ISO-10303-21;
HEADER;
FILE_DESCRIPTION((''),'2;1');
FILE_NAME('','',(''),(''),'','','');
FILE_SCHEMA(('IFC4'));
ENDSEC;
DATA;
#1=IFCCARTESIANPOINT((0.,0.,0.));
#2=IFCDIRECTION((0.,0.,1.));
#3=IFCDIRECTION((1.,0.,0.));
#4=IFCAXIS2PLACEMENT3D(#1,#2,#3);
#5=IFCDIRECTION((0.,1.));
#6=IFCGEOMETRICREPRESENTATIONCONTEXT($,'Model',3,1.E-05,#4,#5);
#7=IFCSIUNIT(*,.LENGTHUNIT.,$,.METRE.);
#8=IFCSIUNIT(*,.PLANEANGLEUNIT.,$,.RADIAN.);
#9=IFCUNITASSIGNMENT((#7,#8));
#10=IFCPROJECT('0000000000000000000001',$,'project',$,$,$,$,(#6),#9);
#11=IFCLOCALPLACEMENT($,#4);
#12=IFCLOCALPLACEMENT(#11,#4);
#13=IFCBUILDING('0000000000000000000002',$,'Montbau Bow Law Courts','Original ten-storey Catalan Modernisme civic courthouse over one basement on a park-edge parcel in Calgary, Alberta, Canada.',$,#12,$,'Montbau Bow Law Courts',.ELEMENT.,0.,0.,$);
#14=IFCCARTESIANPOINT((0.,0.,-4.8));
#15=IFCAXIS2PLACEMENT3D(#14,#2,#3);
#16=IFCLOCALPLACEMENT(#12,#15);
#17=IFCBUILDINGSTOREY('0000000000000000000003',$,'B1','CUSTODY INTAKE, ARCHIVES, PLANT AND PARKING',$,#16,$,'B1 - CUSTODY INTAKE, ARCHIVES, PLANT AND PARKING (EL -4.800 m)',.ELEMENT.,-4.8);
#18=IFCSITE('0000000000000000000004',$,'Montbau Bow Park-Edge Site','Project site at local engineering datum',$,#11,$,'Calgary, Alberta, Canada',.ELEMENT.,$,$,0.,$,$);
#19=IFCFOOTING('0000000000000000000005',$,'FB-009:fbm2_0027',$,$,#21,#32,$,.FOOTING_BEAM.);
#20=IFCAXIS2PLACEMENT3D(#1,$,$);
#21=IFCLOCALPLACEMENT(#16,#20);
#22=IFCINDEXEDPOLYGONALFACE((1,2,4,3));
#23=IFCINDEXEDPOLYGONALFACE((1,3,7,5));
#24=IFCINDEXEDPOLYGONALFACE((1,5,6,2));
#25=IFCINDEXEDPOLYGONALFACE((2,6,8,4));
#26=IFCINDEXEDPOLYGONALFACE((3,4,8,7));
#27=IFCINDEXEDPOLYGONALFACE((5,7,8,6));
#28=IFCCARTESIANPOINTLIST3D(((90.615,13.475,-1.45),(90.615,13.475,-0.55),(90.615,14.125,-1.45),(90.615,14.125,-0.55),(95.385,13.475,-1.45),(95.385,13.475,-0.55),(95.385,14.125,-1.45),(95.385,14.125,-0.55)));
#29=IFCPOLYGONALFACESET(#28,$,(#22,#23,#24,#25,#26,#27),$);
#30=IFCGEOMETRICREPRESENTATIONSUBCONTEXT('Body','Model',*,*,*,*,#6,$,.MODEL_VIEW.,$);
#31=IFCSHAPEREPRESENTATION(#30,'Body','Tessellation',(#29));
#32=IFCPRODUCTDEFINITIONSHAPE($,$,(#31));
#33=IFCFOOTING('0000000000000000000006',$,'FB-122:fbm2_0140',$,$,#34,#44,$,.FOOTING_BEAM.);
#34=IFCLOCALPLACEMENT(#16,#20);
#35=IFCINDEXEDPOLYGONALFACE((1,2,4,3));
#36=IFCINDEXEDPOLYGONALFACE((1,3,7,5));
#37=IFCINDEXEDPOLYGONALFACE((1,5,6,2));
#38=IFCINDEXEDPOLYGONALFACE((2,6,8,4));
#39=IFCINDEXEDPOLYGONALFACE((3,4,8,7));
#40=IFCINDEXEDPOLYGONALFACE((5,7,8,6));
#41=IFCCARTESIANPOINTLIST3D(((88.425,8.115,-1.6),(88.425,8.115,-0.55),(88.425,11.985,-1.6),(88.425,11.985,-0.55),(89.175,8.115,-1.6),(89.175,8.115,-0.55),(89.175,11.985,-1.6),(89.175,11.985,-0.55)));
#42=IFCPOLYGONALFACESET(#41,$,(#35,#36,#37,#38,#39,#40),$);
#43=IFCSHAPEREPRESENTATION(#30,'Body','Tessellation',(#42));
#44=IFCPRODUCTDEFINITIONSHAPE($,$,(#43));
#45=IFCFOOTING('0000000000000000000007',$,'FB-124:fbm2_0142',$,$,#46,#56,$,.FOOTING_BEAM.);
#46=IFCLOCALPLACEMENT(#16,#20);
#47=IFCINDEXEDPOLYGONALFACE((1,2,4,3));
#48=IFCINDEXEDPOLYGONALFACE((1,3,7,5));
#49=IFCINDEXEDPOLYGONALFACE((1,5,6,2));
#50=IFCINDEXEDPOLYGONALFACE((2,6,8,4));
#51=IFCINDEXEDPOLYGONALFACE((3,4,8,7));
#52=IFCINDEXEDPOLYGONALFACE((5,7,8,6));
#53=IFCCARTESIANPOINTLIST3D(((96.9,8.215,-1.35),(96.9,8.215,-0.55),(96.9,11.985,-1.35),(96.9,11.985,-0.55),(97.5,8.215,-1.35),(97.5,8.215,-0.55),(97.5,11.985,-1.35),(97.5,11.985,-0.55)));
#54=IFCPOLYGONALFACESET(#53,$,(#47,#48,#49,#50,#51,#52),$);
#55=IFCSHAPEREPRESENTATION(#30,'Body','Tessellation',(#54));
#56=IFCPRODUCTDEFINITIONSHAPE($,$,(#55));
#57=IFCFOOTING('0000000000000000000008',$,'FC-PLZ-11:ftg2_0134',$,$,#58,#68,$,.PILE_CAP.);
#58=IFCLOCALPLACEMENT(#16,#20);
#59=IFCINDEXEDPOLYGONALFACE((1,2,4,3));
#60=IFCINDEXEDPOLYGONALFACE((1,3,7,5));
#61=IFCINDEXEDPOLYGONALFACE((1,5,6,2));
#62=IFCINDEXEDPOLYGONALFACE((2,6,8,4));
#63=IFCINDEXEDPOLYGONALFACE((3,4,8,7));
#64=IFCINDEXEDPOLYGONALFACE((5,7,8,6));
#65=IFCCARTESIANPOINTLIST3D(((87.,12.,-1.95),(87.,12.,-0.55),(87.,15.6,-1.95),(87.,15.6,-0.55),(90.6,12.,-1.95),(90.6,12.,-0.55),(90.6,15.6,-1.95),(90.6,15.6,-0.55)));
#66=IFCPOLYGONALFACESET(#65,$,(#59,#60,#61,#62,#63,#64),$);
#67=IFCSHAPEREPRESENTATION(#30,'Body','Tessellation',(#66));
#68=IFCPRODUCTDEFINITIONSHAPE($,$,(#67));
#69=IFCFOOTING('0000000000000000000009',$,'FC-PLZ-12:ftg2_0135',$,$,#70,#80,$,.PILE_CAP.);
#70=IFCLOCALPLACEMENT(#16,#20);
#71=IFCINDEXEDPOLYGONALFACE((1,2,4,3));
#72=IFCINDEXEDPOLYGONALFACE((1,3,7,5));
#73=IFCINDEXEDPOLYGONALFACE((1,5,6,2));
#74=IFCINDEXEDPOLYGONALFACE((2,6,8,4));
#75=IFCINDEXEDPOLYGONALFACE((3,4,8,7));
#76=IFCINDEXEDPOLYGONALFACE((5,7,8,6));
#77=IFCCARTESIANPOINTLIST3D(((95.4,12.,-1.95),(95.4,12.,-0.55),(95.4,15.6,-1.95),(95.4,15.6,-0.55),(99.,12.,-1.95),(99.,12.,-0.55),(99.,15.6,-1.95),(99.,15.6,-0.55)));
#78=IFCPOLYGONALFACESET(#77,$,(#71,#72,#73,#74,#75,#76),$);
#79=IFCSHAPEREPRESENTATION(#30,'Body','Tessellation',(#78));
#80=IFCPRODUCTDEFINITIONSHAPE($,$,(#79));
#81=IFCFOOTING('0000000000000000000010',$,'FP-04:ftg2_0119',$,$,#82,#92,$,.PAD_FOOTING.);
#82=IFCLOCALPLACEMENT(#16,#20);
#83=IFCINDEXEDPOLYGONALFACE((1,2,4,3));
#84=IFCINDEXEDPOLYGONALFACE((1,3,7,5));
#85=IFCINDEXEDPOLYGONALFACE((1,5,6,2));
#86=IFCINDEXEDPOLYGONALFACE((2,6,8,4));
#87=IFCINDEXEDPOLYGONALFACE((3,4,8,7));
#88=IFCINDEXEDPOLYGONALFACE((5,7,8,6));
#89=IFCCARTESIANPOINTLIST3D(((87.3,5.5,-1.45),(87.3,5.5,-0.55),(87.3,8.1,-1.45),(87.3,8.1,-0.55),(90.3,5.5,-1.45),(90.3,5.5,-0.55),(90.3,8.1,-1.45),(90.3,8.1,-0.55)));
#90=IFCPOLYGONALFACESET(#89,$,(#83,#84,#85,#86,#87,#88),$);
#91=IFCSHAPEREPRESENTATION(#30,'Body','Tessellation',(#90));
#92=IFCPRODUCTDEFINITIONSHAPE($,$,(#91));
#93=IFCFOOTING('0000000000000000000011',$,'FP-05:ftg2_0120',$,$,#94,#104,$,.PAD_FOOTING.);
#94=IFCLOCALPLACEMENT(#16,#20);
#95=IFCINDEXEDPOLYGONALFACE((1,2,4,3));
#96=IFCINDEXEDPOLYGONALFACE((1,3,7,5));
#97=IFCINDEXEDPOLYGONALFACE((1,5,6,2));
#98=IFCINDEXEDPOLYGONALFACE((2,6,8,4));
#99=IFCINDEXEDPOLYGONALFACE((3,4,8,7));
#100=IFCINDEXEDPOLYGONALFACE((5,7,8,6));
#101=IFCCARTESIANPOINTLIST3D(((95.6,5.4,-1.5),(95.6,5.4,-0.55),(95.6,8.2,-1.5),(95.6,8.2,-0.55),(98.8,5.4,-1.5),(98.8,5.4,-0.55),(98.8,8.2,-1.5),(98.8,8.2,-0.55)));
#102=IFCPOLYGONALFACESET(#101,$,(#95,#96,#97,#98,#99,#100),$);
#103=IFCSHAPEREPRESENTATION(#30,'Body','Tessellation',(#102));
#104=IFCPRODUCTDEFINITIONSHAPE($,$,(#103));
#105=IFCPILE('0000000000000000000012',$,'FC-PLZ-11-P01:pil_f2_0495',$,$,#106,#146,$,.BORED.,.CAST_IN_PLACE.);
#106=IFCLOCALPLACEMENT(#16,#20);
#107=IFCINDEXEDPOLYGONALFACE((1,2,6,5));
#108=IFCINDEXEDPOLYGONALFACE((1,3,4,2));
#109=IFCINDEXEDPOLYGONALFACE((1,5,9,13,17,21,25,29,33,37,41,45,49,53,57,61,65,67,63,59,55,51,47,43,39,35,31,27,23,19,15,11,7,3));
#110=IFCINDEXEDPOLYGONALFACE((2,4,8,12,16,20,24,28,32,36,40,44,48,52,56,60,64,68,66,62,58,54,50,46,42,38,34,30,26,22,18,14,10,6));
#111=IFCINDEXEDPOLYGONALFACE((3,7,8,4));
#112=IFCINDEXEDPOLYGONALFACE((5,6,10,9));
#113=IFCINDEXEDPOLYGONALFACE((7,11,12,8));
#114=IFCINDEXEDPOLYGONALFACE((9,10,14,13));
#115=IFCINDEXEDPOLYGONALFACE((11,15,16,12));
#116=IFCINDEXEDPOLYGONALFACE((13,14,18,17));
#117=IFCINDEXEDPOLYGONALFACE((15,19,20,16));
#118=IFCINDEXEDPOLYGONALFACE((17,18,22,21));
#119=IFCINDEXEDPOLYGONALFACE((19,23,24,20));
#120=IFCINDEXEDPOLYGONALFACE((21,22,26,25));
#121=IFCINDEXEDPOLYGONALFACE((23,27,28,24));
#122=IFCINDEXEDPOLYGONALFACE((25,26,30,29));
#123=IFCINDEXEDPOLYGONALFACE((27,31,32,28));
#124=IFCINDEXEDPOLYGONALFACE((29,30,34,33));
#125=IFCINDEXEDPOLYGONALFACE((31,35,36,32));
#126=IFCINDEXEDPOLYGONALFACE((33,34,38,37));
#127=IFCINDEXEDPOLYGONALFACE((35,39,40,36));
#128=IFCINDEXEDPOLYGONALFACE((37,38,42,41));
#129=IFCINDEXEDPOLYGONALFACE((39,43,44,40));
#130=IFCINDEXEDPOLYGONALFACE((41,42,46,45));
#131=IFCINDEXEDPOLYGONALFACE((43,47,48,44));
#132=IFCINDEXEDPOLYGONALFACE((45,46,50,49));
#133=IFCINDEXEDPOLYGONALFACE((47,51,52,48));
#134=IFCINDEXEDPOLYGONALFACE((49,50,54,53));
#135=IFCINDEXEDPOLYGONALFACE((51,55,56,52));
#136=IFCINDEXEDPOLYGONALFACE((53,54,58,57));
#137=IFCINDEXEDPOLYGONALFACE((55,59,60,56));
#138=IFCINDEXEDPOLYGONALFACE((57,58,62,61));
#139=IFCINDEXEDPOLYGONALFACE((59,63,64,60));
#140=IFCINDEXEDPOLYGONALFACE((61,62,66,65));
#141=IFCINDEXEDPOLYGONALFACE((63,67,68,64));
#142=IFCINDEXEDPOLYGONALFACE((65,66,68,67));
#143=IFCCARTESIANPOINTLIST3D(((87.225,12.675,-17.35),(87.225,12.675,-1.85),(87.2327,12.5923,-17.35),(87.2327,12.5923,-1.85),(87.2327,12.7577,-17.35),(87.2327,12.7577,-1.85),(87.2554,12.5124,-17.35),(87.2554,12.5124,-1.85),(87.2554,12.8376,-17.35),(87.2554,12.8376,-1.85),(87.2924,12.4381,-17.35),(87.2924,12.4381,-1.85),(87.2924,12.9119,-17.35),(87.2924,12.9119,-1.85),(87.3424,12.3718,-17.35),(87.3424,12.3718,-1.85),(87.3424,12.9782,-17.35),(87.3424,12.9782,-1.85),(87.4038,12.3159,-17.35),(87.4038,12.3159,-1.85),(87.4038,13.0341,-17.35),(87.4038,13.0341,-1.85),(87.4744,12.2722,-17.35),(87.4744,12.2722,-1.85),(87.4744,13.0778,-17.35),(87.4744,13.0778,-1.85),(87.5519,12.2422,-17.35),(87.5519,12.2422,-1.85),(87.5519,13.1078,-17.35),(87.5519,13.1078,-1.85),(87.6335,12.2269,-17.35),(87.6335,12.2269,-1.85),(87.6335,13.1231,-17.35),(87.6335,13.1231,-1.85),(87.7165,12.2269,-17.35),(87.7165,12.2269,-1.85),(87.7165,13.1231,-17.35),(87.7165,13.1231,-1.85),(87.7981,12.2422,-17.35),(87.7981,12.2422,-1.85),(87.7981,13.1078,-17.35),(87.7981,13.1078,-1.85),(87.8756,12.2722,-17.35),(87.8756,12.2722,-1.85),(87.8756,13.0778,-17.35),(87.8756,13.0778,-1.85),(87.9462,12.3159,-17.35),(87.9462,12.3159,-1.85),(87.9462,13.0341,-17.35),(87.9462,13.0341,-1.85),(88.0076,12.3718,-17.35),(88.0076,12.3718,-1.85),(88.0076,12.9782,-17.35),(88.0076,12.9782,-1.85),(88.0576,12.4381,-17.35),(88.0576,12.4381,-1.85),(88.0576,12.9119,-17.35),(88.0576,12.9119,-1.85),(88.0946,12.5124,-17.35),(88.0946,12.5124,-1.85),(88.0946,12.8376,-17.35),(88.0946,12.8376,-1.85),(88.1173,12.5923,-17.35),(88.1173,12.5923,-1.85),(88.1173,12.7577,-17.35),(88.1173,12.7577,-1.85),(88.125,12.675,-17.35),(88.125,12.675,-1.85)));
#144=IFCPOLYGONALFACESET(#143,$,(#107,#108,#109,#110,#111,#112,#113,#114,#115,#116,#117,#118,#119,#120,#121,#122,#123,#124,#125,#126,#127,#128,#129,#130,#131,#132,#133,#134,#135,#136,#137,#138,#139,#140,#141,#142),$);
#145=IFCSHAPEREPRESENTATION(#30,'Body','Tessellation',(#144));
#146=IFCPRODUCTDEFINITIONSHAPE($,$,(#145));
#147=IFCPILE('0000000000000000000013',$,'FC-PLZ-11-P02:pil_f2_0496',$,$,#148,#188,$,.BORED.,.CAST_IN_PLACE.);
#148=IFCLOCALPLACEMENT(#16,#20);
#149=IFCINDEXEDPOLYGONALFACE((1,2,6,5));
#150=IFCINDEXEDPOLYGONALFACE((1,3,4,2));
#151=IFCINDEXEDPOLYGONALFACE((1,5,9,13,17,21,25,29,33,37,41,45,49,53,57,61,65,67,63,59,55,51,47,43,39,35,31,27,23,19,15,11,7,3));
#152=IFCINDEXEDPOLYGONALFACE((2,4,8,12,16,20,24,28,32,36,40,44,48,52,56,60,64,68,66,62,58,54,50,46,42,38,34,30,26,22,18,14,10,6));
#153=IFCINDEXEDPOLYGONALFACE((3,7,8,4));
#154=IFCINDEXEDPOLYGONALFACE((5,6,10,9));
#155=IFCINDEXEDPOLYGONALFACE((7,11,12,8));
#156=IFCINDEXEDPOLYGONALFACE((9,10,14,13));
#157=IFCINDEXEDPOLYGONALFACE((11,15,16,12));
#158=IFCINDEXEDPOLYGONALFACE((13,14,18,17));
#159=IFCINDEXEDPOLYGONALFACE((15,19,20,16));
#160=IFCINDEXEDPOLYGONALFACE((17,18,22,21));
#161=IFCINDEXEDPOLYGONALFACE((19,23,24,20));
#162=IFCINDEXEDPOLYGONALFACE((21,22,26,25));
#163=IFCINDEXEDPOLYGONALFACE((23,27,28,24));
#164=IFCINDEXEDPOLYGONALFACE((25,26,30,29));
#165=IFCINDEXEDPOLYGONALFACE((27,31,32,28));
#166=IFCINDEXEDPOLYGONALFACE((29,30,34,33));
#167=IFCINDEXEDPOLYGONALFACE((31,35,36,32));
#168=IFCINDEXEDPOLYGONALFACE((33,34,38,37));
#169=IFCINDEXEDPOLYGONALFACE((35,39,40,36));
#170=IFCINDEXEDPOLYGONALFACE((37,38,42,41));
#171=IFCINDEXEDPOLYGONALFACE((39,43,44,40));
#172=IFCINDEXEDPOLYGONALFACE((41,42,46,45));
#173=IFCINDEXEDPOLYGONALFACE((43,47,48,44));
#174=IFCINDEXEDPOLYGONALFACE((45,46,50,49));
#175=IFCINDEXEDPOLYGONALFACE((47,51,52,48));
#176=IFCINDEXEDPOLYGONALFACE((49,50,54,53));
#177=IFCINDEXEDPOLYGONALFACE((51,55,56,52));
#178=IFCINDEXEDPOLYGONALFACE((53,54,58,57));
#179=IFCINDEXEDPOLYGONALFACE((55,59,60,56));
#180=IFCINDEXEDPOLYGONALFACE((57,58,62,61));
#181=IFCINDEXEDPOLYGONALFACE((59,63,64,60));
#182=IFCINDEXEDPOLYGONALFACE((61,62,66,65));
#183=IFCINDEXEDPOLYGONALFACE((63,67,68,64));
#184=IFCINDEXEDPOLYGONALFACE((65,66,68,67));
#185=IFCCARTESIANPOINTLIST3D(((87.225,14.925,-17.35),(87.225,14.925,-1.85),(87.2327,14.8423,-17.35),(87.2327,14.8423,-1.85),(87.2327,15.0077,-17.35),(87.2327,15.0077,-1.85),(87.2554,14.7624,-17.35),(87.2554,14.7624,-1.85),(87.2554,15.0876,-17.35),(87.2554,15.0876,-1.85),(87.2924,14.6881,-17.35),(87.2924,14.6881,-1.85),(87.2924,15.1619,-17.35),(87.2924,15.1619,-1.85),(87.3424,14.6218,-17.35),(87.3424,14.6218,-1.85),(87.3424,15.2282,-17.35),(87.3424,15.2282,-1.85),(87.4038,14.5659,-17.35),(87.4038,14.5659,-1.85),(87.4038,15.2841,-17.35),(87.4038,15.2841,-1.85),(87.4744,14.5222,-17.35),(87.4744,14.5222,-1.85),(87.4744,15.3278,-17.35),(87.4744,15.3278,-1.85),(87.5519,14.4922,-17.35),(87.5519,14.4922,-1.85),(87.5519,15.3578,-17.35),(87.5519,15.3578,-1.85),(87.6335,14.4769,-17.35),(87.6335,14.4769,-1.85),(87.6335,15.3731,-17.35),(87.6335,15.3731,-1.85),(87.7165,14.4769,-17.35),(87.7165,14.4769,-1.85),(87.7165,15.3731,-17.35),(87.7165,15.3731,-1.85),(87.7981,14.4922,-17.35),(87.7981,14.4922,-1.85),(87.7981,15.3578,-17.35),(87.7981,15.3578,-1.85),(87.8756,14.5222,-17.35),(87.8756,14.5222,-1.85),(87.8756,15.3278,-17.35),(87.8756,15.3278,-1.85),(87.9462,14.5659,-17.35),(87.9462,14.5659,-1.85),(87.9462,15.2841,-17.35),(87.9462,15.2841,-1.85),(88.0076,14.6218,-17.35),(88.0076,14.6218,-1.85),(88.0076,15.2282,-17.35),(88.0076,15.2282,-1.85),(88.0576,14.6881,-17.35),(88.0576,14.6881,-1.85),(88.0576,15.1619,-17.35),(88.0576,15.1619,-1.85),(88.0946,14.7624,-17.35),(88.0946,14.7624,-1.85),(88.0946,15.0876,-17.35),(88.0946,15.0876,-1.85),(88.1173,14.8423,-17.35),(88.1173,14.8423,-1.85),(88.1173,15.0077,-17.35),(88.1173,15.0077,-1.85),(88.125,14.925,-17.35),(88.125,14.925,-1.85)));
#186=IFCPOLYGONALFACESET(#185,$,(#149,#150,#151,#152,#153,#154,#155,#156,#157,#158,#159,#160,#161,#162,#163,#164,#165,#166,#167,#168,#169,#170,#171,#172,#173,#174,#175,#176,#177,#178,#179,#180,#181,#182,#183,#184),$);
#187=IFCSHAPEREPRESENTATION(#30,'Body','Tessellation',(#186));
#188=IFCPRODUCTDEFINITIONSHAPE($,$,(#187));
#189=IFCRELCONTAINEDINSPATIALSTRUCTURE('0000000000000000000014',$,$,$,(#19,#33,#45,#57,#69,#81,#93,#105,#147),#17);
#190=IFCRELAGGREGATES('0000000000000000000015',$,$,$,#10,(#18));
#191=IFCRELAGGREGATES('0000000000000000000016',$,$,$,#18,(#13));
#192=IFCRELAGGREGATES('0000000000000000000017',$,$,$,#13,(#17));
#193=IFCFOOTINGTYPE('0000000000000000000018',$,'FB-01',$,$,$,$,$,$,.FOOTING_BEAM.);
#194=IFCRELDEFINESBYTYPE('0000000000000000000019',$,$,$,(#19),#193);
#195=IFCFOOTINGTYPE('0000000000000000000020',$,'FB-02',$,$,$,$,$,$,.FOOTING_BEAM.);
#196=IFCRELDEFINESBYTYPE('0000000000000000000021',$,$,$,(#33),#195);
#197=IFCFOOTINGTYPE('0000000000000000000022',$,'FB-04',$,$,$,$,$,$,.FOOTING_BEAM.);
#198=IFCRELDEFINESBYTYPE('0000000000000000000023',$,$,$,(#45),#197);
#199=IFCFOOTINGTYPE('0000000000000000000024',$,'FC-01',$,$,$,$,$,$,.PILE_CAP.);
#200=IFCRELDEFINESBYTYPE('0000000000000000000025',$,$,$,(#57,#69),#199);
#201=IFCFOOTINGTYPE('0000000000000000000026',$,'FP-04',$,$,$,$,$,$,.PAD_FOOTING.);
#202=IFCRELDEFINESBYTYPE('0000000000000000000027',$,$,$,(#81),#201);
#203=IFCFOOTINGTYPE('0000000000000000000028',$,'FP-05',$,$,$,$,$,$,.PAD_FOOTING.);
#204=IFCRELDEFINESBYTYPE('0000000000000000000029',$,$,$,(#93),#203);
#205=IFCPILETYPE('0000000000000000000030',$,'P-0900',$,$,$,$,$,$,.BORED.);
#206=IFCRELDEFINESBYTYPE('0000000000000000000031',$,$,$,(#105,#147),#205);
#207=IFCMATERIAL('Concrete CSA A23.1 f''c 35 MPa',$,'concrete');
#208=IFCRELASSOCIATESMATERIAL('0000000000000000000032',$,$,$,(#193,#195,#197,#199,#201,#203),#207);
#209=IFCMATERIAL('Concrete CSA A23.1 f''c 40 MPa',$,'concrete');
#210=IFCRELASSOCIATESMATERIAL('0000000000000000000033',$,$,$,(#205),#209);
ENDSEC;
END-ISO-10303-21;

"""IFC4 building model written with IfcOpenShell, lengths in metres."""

from ifc_helpers import new_model, si_unit, direction, frame, origin_with_axes, origin_2d_with_axis, place, context, subcontext, project, spatial, rectangle, circle, extrude, material, material_profile, profile_set, type_object, element, save


model = new_model("IFC4")

# Units and contexts
model_context = context("Model", 3, precision=1e-05, world=origin_with_axes(), true_north=direction((0.0, 1.0)))
body_context = subcontext(model_context, "Body", "Model", "MODEL_VIEW")
ifc_project = project(units=[si_unit("LENGTHUNIT", "METRE"), si_unit("PLANEANGLEUNIT", "RADIAN")], contexts=[model_context])

# Site, building, storey
site_placement = place(None, origin_with_axes())
site = spatial("IfcSite", under=ifc_project, at=site_placement, Name="Montbau Bow Park-Edge Site", Description="Project site at local engineering datum", LongName="Calgary, Alberta, Canada", CompositionType="ELEMENT", RefElevation=0.0)
building_placement = place(site_placement, origin_with_axes())
building = spatial("IfcBuilding", under=site, at=building_placement, Name="Montbau Bow Law Courts", Description="Original ten-storey Catalan Modernisme civic courthouse over one basement on a park-edge parcel in Calgary, Alberta, Canada.", LongName="Montbau Bow Law Courts", CompositionType="ELEMENT", ElevationOfRefHeight=0.0, ElevationOfTerrain=0.0)
storey_placement = place(building_placement, frame((0.0, 0.0, -4.8), z_axis=(0.0, 0.0, 1.0), x_axis=(1.0, 0.0, 0.0)))
storey = spatial("IfcBuildingStorey", under=building, at=storey_placement, Name="B1", Description="CUSTODY INTAKE, ARCHIVES, PLANT AND PARKING", LongName="B1 - CUSTODY INTAKE, ARCHIVES, PLANT AND PARKING (EL -4.800 m)", CompositionType="ELEMENT", Elevation=-4.8)

# Footings
ifc_material_1 = material(Name="Concrete CSA A23.1 f'c 35 MPa", Category="concrete")
footing_type_1 = type_object("IfcFootingType", Name="FB-01", PredefinedType="FOOTING_BEAM", material=ifc_material_1)
footing_1_placement = place(None, frame((93.0, 13.8, -6.25), z_axis=(0.0, 0.0, 1.0), x_axis=(1.0, 0.0, 0.0)))
element("IfcFooting", 1, at=footing_1_placement, inside=storey, type_object=footing_type_1, Name="FB-009:fbm2_0027", PredefinedType="FOOTING_BEAM", context=body_context, shape_type="SweptSolid", body=[
    extrude(rectangle(XDim=4.77, YDim=0.65, at=origin_2d_with_axis()), origin_with_axes(), (0.0, 0.0, 1.0), 0.9),
])
footing_type_2 = type_object("IfcFootingType", Name="FB-02", PredefinedType="FOOTING_BEAM", material=ifc_material_1)
footing_2_placement = place(None, frame((88.8, 10.05, -6.4), z_axis=(0.0, 0.0, 1.0), x_axis=(0.0, 1.0, 0.0)))
element("IfcFooting", 2, at=footing_2_placement, inside=storey, type_object=footing_type_2, Name="FB-122:fbm2_0140", PredefinedType="FOOTING_BEAM", context=body_context, shape_type="SweptSolid", body=[
    extrude(rectangle(XDim=3.87, YDim=0.75, at=origin_2d_with_axis()), origin_with_axes(), (0.0, 0.0, 1.0), 1.05),
])
footing_type_3 = type_object("IfcFootingType", Name="FB-04", PredefinedType="FOOTING_BEAM", material=ifc_material_1)
footing_3_placement = place(None, frame((97.2, 10.1, -6.15), z_axis=(0.0, 0.0, 1.0), x_axis=(0.0, 1.0, 0.0)))
element("IfcFooting", 3, at=footing_3_placement, inside=storey, type_object=footing_type_3, Name="FB-124:fbm2_0142", PredefinedType="FOOTING_BEAM", context=body_context, shape_type="SweptSolid", body=[
    extrude(rectangle(XDim=3.77, YDim=0.6, at=origin_2d_with_axis()), origin_with_axes(), (0.0, 0.0, 1.0), 0.8),
])
footing_type_4 = type_object("IfcFootingType", Name="FC-01", PredefinedType="PILE_CAP", material=ifc_material_1)
for number, where, z_axis, x_axis, name in (
    (4, (88.8, 13.8, -6.75), (0.0, 0.0, 1.0), (1.0, 0.0, 0.0), "FC-PLZ-11:ftg2_0134"),
    (5, (97.2, 13.8, -6.75), (0.0, 0.0, 1.0), (1.0, 0.0, 0.0), "FC-PLZ-12:ftg2_0135"),
):
    element("IfcFooting", number, at=place(None, frame(where, z_axis=z_axis, x_axis=x_axis)), inside=storey, type_object=footing_type_4, Name=name, PredefinedType="PILE_CAP", context=body_context, shape_type="SweptSolid", body=[
        extrude(rectangle(XDim=3.6, YDim=3.6, at=origin_2d_with_axis()), origin_with_axes(), (0.0, 0.0, 1.0), 1.4),
    ])
footing_type_5 = type_object("IfcFootingType", Name="FP-04", PredefinedType="PAD_FOOTING", material=ifc_material_1)
footing_4_placement = place(None, frame((88.8, 6.8, -6.25), z_axis=(0.0, 0.0, 1.0), x_axis=(1.0, 0.0, 0.0)))
element("IfcFooting", 6, at=footing_4_placement, inside=storey, type_object=footing_type_5, Name="FP-04:ftg2_0119", PredefinedType="PAD_FOOTING", context=body_context, shape_type="SweptSolid", body=[
    extrude(rectangle(XDim=3.0, YDim=2.6, at=origin_2d_with_axis()), origin_with_axes(), (0.0, 0.0, 1.0), 0.9),
])
footing_type_6 = type_object("IfcFootingType", Name="FP-05", PredefinedType="PAD_FOOTING", material=ifc_material_1)
footing_5_placement = place(None, frame((97.2, 6.8, -6.3), z_axis=(0.0, 0.0, 1.0), x_axis=(1.0, 0.0, 0.0)))
element("IfcFooting", 7, at=footing_5_placement, inside=storey, type_object=footing_type_6, Name="FP-05:ftg2_0120", PredefinedType="PAD_FOOTING", context=body_context, shape_type="SweptSolid", body=[
    extrude(rectangle(XDim=3.2, YDim=2.8, at=origin_2d_with_axis()), origin_with_axes(), (0.0, 0.0, 1.0), 0.95),
])

# Piles
ifc_material_2 = material(Name="Concrete CSA A23.1 f'c 40 MPa", Category="concrete")
ifc_material_profile_1 = material_profile(ifc_material_2, circle(Radius=0.45, at=origin_2d_with_axis()), Name="BP900", Category="Main", Priority=0)
ifc_profile_set_1 = profile_set([ifc_material_profile_1], Name="Concrete CSA A23.1 f'c 40 MPa")
pile_type_1 = type_object("IfcPileType", Name="P-0900", PredefinedType="BORED", material=ifc_profile_set_1)
for number, where, z_axis, x_axis, name in (
    (8, (87.675, 12.675, -22.15), (0.0, 0.0, 1.0), (1.0, 0.0, 0.0), "FC-PLZ-11-P01:pil_f2_0495"),
    (9, (87.675, 14.925, -22.15), (0.0, 0.0, 1.0), (1.0, 0.0, 0.0), "FC-PLZ-11-P02:pil_f2_0496"),
):
    element("IfcPile", number, at=place(None, frame(where, z_axis=z_axis, x_axis=x_axis)), inside=storey, type_object=pile_type_1, Name=name, ConstructionType="CAST_IN_PLACE", PredefinedType="BORED", context=body_context, shape_type="SweptSolid", body=[
        extrude(circle(Radius=0.45, at=origin_2d_with_axis()), origin_with_axes(), (0.0, 0.0, 1.0), 15.5),
    ])

save(model, "model.ifc")
